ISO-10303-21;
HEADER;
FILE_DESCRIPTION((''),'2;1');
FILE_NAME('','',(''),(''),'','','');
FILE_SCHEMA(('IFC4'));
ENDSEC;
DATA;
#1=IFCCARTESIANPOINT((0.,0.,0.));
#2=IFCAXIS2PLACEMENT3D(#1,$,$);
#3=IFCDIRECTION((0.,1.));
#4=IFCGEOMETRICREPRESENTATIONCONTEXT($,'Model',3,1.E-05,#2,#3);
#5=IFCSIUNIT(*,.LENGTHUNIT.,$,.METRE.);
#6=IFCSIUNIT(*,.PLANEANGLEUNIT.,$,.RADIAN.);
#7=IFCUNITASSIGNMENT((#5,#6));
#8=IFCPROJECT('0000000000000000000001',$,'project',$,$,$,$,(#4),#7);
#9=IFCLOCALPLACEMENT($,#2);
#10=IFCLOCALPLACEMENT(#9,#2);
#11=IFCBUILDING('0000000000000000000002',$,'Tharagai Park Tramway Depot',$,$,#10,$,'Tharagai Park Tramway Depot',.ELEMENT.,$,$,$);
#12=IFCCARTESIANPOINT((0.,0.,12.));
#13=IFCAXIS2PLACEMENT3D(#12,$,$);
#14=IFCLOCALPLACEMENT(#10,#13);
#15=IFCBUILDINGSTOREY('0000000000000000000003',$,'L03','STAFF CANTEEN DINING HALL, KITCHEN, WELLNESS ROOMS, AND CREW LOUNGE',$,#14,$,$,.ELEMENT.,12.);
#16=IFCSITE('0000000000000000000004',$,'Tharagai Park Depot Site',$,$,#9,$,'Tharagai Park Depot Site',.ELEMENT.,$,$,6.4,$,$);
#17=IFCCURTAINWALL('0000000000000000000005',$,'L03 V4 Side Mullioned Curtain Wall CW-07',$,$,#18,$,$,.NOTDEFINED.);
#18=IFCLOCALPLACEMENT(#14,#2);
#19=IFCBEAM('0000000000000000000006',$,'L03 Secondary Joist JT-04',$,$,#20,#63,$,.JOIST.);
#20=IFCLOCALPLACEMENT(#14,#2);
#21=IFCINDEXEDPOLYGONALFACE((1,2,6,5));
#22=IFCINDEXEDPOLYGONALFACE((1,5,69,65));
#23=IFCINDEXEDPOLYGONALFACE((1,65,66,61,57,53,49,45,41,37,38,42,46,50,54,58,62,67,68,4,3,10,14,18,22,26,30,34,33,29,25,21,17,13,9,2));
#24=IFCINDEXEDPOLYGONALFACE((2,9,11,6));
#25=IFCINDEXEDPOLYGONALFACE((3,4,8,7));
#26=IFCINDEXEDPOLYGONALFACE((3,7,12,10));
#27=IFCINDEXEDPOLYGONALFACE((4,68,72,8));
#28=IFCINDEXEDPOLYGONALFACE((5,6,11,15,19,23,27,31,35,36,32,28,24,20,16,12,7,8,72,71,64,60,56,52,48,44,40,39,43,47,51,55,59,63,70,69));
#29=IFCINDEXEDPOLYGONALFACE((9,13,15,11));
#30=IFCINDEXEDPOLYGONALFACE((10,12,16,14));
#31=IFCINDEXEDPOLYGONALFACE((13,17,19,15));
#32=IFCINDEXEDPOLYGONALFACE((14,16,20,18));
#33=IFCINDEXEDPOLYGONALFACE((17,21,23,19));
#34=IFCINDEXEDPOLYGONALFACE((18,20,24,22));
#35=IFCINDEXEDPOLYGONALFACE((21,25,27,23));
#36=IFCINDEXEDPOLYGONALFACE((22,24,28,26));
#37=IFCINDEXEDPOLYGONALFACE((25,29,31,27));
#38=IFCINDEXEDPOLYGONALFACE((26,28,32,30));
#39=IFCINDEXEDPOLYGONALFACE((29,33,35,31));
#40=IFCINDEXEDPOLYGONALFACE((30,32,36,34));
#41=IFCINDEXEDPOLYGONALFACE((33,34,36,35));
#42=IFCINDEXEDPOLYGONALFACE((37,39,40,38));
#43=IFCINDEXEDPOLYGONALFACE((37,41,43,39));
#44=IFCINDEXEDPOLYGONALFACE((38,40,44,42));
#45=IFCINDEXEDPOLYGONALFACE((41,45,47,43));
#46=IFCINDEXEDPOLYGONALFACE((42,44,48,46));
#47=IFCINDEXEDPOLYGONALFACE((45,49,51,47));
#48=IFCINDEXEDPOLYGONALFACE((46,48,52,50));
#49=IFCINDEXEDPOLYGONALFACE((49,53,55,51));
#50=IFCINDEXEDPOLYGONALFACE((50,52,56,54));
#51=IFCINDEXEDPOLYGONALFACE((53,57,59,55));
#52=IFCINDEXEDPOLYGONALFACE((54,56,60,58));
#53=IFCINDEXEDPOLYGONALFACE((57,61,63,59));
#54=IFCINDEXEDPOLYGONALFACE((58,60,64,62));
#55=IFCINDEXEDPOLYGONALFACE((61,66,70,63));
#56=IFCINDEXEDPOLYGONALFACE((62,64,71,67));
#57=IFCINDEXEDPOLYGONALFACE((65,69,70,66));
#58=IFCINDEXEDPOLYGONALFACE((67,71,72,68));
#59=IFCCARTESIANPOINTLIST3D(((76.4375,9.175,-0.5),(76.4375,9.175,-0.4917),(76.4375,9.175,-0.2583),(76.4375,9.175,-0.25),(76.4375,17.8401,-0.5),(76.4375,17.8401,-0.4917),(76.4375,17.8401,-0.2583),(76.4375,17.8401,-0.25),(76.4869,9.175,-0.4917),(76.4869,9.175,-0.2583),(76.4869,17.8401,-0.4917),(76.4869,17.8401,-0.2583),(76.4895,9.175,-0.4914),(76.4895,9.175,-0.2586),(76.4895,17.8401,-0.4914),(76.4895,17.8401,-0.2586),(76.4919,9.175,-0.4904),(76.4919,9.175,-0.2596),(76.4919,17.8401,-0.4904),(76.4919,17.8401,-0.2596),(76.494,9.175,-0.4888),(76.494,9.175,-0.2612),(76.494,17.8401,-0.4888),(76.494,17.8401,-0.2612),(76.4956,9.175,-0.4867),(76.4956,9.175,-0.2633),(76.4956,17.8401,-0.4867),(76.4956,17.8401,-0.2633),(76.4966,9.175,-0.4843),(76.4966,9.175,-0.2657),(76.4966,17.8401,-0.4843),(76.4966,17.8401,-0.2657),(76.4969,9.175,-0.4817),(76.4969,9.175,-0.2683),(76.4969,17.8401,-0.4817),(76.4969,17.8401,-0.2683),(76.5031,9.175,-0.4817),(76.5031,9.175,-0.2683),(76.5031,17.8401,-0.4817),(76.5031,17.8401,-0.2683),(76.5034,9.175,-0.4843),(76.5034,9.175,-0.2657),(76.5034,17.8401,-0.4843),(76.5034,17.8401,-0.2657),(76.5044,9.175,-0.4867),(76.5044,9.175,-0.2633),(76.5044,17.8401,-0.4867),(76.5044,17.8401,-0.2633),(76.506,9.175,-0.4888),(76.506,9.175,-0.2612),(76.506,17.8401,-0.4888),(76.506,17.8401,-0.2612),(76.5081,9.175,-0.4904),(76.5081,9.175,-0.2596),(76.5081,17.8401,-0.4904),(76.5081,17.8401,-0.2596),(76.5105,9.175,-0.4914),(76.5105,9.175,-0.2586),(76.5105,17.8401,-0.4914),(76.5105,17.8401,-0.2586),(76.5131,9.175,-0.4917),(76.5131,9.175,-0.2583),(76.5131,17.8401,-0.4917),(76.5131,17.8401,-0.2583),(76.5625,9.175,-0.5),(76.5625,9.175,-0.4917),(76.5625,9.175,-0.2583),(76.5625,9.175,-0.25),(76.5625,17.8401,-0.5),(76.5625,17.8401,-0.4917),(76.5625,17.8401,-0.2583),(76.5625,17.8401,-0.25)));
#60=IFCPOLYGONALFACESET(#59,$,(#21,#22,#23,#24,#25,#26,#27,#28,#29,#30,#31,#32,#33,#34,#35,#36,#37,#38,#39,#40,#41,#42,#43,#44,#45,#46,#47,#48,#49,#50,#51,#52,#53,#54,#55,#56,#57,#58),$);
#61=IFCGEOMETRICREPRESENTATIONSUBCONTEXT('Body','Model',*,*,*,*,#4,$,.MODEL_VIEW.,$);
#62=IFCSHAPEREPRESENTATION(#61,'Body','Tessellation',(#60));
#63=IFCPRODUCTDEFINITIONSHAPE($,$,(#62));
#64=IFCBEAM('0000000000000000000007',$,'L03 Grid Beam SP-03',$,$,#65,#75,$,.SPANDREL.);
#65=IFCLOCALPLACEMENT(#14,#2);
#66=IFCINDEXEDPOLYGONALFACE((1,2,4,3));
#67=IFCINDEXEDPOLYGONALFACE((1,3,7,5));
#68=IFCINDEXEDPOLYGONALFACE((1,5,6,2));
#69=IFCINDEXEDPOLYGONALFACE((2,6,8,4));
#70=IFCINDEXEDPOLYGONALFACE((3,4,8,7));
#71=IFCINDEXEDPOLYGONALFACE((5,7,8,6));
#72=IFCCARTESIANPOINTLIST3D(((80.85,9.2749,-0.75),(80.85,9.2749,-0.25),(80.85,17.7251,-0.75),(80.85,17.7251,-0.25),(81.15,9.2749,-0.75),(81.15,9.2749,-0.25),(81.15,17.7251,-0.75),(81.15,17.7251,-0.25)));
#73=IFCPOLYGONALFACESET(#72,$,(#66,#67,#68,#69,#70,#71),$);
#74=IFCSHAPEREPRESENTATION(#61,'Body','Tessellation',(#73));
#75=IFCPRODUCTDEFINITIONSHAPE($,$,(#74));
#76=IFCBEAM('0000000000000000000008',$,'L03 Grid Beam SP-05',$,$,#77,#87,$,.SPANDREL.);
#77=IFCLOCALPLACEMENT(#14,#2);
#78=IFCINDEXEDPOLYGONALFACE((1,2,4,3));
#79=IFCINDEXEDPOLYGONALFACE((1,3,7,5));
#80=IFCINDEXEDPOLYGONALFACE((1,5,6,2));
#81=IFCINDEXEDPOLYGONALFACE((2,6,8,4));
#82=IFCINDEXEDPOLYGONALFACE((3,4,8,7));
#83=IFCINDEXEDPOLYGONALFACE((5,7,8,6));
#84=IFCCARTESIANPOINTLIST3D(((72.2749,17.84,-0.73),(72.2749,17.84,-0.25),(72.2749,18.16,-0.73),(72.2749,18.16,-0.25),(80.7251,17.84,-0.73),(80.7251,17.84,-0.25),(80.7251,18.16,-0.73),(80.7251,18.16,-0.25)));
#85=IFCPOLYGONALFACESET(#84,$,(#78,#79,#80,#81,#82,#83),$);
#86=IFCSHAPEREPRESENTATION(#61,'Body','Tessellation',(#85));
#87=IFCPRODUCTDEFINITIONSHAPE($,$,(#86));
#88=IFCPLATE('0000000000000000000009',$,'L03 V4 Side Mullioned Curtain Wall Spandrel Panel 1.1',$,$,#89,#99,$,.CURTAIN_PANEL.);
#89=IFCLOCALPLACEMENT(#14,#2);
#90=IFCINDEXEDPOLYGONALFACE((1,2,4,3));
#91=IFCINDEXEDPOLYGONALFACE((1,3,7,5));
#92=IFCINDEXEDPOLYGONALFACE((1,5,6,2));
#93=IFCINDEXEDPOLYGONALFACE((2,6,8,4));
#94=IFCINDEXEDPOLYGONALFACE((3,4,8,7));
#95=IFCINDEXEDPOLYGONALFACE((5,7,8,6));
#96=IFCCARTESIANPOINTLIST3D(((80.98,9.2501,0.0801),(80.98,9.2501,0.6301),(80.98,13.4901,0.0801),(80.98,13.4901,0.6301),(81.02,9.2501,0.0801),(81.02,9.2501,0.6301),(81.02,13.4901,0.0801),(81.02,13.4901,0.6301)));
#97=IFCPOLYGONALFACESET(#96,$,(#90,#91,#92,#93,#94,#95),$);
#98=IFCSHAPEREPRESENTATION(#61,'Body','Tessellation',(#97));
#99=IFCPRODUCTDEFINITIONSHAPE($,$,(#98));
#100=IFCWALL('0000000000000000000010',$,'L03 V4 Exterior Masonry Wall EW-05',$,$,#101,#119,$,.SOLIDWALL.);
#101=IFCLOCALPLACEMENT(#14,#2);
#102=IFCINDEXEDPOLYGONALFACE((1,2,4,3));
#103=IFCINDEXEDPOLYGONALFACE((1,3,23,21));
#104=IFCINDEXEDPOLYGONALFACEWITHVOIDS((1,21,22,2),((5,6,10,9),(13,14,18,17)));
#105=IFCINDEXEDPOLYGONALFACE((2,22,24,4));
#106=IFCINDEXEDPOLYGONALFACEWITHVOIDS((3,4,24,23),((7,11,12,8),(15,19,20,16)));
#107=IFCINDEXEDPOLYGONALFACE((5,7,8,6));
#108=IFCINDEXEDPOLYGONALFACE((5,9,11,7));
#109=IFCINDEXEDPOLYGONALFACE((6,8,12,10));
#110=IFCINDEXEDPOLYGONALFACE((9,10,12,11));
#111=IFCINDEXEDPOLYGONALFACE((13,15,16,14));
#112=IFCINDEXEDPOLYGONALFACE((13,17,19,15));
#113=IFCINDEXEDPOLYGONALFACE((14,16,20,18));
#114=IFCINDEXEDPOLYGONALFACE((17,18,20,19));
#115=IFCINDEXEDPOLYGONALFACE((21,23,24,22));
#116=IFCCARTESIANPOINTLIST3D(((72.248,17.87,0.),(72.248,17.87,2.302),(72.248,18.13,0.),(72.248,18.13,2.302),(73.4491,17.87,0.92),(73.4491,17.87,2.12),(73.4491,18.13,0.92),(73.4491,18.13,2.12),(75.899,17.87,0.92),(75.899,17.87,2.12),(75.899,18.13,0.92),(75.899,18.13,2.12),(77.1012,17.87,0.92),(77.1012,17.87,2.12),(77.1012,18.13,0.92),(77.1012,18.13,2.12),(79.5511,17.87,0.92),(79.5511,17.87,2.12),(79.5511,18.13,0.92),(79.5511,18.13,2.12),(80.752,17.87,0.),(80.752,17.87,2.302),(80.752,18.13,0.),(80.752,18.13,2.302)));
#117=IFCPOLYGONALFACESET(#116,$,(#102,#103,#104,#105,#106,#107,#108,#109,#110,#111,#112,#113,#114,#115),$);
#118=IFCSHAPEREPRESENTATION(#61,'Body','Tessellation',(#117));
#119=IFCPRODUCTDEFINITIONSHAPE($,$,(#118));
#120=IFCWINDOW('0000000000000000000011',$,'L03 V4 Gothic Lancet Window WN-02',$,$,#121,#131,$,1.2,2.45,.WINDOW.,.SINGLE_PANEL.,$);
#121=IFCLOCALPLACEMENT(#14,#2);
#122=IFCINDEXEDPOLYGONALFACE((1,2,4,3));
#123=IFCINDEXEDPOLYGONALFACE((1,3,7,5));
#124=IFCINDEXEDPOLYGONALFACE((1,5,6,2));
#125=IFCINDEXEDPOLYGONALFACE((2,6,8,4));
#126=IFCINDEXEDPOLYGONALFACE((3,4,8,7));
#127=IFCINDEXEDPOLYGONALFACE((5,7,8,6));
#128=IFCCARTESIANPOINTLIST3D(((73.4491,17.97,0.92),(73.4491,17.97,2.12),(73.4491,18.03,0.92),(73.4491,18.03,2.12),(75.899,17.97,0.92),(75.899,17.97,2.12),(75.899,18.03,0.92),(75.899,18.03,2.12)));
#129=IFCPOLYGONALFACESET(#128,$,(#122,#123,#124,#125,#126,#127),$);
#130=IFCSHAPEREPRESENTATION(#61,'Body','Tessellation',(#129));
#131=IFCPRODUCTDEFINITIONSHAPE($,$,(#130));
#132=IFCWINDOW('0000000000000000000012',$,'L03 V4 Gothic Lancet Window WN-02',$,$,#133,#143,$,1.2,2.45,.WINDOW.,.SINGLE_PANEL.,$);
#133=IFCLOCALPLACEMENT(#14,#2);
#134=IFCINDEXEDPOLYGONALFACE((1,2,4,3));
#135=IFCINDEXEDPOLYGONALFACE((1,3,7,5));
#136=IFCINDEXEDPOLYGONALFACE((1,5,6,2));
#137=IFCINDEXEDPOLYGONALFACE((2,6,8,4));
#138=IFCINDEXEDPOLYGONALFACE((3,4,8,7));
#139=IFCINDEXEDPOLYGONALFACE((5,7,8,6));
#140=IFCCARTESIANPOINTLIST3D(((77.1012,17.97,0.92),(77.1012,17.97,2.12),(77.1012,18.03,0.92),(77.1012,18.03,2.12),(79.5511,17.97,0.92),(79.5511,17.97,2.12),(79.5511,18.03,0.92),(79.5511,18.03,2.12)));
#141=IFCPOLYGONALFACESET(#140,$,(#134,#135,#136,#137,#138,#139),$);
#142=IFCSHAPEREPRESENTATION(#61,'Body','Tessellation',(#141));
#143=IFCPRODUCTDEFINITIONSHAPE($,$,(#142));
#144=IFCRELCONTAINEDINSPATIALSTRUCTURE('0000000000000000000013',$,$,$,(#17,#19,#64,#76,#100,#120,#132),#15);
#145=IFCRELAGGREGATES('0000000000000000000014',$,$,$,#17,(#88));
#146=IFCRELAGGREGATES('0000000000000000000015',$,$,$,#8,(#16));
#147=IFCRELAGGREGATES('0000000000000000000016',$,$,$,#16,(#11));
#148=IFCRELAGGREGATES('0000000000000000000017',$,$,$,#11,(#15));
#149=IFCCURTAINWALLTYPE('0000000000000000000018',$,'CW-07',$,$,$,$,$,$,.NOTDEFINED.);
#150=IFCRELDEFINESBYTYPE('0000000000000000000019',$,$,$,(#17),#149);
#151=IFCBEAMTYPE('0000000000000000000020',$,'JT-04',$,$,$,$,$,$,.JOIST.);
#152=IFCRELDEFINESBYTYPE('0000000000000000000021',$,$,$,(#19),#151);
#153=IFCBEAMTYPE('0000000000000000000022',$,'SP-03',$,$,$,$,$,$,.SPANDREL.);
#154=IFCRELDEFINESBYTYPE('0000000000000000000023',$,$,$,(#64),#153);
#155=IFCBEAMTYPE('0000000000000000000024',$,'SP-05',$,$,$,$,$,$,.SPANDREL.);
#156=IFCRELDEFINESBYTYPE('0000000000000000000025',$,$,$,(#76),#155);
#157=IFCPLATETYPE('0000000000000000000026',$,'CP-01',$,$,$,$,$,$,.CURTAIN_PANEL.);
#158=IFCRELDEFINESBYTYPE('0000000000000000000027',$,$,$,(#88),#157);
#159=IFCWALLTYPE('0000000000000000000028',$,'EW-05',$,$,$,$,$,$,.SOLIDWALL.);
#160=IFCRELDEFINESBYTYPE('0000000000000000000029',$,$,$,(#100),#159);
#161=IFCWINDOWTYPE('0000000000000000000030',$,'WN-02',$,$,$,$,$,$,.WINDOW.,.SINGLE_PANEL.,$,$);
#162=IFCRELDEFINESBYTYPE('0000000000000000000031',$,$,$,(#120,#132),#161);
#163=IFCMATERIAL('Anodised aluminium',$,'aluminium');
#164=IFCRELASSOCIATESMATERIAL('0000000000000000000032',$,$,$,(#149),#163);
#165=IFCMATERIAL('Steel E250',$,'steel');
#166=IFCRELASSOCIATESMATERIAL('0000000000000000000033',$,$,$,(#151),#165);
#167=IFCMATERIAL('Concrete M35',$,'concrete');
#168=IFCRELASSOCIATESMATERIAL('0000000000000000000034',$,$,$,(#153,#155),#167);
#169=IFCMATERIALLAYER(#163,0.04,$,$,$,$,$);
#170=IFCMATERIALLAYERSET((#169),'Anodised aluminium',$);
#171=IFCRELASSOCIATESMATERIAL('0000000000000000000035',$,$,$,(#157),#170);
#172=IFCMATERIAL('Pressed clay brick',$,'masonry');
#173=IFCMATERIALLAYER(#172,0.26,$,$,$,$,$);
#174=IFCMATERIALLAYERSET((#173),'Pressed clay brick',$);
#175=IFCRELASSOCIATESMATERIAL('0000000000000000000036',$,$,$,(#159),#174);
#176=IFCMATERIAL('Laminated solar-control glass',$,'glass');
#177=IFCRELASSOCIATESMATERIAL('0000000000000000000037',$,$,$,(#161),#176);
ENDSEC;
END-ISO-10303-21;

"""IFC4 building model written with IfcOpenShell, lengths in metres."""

from ifc_helpers import new_model, si_unit, direction, frame, frame_2d, origin, origin_2d, place, context, subcontext, project, spatial, rectangle, i_section, extrude, material, layer, layer_set, material_profile, profile_set, type_object, element, fill, aggregate, save


model = new_model("IFC4")

# Units and contexts
model_context = context("Model", 3, precision=1e-05, world=origin(), true_north=direction((0.0, 1.0)))
body_context = subcontext(model_context, "Body", "Model", "MODEL_VIEW")
ifc_project = project(units=[si_unit("LENGTHUNIT", "METRE"), si_unit("PLANEANGLEUNIT", "RADIAN")], contexts=[model_context])

# Site, building, storey
site_placement = place(None, origin())
site = spatial("IfcSite", under=ifc_project, at=site_placement, Name="Tharagai Park Depot Site", LongName="Tharagai Park Depot Site", CompositionType="ELEMENT", RefElevation=6.4)
building_placement = place(site_placement, origin())
building = spatial("IfcBuilding", under=site, at=building_placement, Name="Tharagai Park Tramway Depot", LongName="Tharagai Park Tramway Depot", CompositionType="ELEMENT")
storey_placement = place(building_placement, frame((0.0, 0.0, 12.0)))
storey = spatial("IfcBuildingStorey", under=building, at=storey_placement, Name="L03", Description="STAFF CANTEEN DINING HALL, KITCHEN, WELLNESS ROOMS, AND CREW LOUNGE", CompositionType="ELEMENT", Elevation=12.0)

# Shared definitions
ifc_material_1 = material(Name="Concrete M35", Category="concrete")

# Curtain wall
ifc_material_2 = material(Name="Anodised aluminium", Category="aluminium")
curtain_wall_type = type_object("IfcCurtainWallType", Name="CW-07", PredefinedType="NOTDEFINED", material=ifc_material_2)
curtain_wall_placement = place(storey_placement, origin())
curtain_wall = element("IfcCurtainWall", 1, at=curtain_wall_placement, inside=storey, type_object=curtain_wall_type, Name="L03 V4 Side Mullioned Curtain Wall CW-07", PredefinedType="NOTDEFINED")

# Beams
ifc_material_3 = material(Name="Steel E250", Category="steel")
ifc_material_profile_1 = material_profile(ifc_material_3, i_section(OverallWidth=0.125, OverallDepth=0.25, WebThickness=0.0061, FlangeThickness=0.0083, FilletRadius=0.01, at=origin_2d()), Name="ISLB 250")
ifc_profile_set_1 = profile_set([ifc_material_profile_1], Name="Steel E250")
beam_type_1 = type_object("IfcBeamType", Name="JT-04", PredefinedType="JOIST", material=ifc_profile_set_1)
beam_1_placement = place(storey_placement, frame((76.5, 9.175, -0.375), z_axis=(0.0, 1.0, 0.0), x_axis=(-1.0, 0.0, 0.0)))
element("IfcBeam", 2, at=beam_1_placement, inside=storey, type_object=beam_type_1, Name="L03 Secondary Joist JT-04", PredefinedType="JOIST", context=body_context, shape_type="SweptSolid", body=[
    extrude(i_section(OverallWidth=0.125, OverallDepth=0.25, WebThickness=0.0061, FlangeThickness=0.0083, FilletRadius=0.01, at=origin_2d()), origin(), (0.0, 0.0, 1.0), 8.665),
])
ifc_material_profile_2 = material_profile(ifc_material_1, rectangle(XDim=0.3, YDim=0.5, at=origin_2d()), Name="RC 300x500")
ifc_profile_set_2 = profile_set([ifc_material_profile_2], Name="Concrete M35")
beam_type_2 = type_object("IfcBeamType", Name="SP-03", PredefinedType="SPANDREL", material=ifc_profile_set_2)
beam_2_placement = place(storey_placement, frame((81.0, 9.2749, -0.5), z_axis=(0.0, 1.0, 0.0), x_axis=(-1.0, 0.0, 0.0)))
element("IfcBeam", 3, at=beam_2_placement, inside=storey, type_object=beam_type_2, Name="L03 Grid Beam SP-03", PredefinedType="SPANDREL", context=body_context, shape_type="SweptSolid", body=[
    extrude(rectangle(XDim=0.3, YDim=0.5, at=origin_2d()), origin(), (0.0, 0.0, 1.0), 8.4502),
])
ifc_material_profile_3 = material_profile(ifc_material_1, rectangle(XDim=0.3201, YDim=0.48, at=origin_2d()), Name="RC 320x480")
ifc_profile_set_3 = profile_set([ifc_material_profile_3], Name="Concrete M35")
beam_type_3 = type_object("IfcBeamType", Name="SP-05", PredefinedType="SPANDREL", material=ifc_profile_set_3)
beam_3_placement = place(storey_placement, frame((72.2749, 18.0, -0.49), z_axis=(1.0, 0.0, 0.0), x_axis=(0.0, 1.0, 0.0)))
element("IfcBeam", 4, at=beam_3_placement, inside=storey, type_object=beam_type_3, Name="L03 Grid Beam SP-05", PredefinedType="SPANDREL", context=body_context, shape_type="SweptSolid", body=[
    extrude(rectangle(XDim=0.3201, YDim=0.48, at=origin_2d()), origin(), (0.0, 0.0, 1.0), 8.4502),
])

# Plate
ifc_layer_1 = layer(ifc_material_2, 0.04)
ifc_layer_set_1 = layer_set([ifc_layer_1], Name="Anodised aluminium")
plate_type = type_object("IfcPlateType", Name="CP-01", PredefinedType="CURTAIN_PANEL", material=ifc_layer_set_1)
plate_placement = place(storey_placement, frame((81.0, 11.3701, 0.0801), z_axis=(0.0, 0.0, 1.0), x_axis=(0.0, 1.0, 0.0)))
plate = element("IfcPlate", 5, at=plate_placement, type_object=plate_type, Name="L03 V4 Side Mullioned Curtain Wall Spandrel Panel 1.1", PredefinedType="CURTAIN_PANEL", context=body_context, shape_type="SweptSolid", body=[
    extrude(rectangle(XDim=4.24, YDim=0.04, at=origin_2d()), origin(), (0.0, 0.0, 1.0), 0.55),
])
aggregate(curtain_wall, [plate])

# Wall, openings, windows
ifc_material_4 = material(Name="Pressed clay brick", Category="masonry")
ifc_layer_2 = layer(ifc_material_4, 0.26)
ifc_layer_set_2 = layer_set([ifc_layer_2], Name="Pressed clay brick")
wall_type = type_object("IfcWallType", Name="EW-05", PredefinedType="SOLIDWALL", material=ifc_layer_set_2)
wall_placement = place(storey_placement, frame((72.248, 18.0, 0.0), z_axis=(0.0, 0.0, 1.0), x_axis=(1.0, 0.0, 0.0)))
wall = element("IfcWall", 6, at=wall_placement, inside=storey, type_object=wall_type, Name="L03 V4 Exterior Masonry Wall EW-05", PredefinedType="SOLIDWALL", context=body_context, shape_type="SweptSolid", body=[
    extrude(rectangle(XDim=8.5039, YDim=0.26, at=frame_2d((4.252, 0.0))), origin(), (0.0, 0.0, 1.0), 2.302),
])
opening_1_placement = place(wall_placement, frame((1.2009, 0.0, 0.9199)))
opening_1 = element("IfcOpeningElement", 7, at=opening_1_placement, cuts=wall, PredefinedType="OPENING", context=body_context, shape_type="SweptSolid", body=[
    extrude(rectangle(XDim=2.45, YDim=1.2, at=frame_2d((1.2251, 0.6001))), frame((0.0, 0.1399, 0.0), z_axis=(0.0, -1.0, 0.0), x_axis=(1.0, 0.0, 0.0)), (0.0, 0.0, 1.0), 0.28),
])
opening_2_placement = place(wall_placement, frame((4.853, 0.0, 0.9199)))
opening_2 = element("IfcOpeningElement", 8, at=opening_2_placement, cuts=wall, PredefinedType="OPENING", context=body_context, shape_type="SweptSolid", body=[
    extrude(rectangle(XDim=2.45, YDim=1.2, at=frame_2d((1.2251, 0.6001))), frame((0.0, 0.1399, 0.0), z_axis=(0.0, -1.0, 0.0), x_axis=(1.0, 0.0, 0.0)), (0.0, 0.0, 1.0), 0.28),
])
ifc_material_5 = material(Name="Laminated solar-control glass", Category="glass")
window_type = type_object("IfcWindowType", Name="WN-02", PartitioningType="SINGLE_PANEL", PredefinedType="WINDOW", material=ifc_material_5)
window_1_placement = place(opening_1_placement, origin())
window_1 = element("IfcWindow", 9, at=window_1_placement, inside=storey, type_object=window_type, Name="L03 V4 Gothic Lancet Window WN-02", OverallHeight=1.2, OverallWidth=2.45, PartitioningType="SINGLE_PANEL", PredefinedType="WINDOW", context=body_context, shape_type="SweptSolid", body=[
    extrude(rectangle(XDim=2.45, YDim=1.2, at=frame_2d((1.2251, 0.6001))), frame((0.0, 0.03, 0.0), z_axis=(0.0, -1.0, 0.0), x_axis=(1.0, 0.0, 0.0)), (0.0, 0.0, 1.0), 0.0601),
])
fill(opening_1, window_1)
window_2_placement = place(opening_2_placement, origin())
window_2 = element("IfcWindow", 10, at=window_2_placement, inside=storey, type_object=window_type, Name="L03 V4 Gothic Lancet Window WN-02", OverallHeight=1.2, OverallWidth=2.45, PartitioningType="SINGLE_PANEL", PredefinedType="WINDOW", context=body_context, shape_type="SweptSolid", body=[
    extrude(rectangle(XDim=2.45, YDim=1.2, at=frame_2d((1.2251, 0.6001))), frame((0.0, 0.03, 0.0), z_axis=(0.0, -1.0, 0.0), x_axis=(1.0, 0.0, 0.0)), (0.0, 0.0, 1.0), 0.0601),
])
fill(opening_2, window_2)

save(model, "model.ifc")
